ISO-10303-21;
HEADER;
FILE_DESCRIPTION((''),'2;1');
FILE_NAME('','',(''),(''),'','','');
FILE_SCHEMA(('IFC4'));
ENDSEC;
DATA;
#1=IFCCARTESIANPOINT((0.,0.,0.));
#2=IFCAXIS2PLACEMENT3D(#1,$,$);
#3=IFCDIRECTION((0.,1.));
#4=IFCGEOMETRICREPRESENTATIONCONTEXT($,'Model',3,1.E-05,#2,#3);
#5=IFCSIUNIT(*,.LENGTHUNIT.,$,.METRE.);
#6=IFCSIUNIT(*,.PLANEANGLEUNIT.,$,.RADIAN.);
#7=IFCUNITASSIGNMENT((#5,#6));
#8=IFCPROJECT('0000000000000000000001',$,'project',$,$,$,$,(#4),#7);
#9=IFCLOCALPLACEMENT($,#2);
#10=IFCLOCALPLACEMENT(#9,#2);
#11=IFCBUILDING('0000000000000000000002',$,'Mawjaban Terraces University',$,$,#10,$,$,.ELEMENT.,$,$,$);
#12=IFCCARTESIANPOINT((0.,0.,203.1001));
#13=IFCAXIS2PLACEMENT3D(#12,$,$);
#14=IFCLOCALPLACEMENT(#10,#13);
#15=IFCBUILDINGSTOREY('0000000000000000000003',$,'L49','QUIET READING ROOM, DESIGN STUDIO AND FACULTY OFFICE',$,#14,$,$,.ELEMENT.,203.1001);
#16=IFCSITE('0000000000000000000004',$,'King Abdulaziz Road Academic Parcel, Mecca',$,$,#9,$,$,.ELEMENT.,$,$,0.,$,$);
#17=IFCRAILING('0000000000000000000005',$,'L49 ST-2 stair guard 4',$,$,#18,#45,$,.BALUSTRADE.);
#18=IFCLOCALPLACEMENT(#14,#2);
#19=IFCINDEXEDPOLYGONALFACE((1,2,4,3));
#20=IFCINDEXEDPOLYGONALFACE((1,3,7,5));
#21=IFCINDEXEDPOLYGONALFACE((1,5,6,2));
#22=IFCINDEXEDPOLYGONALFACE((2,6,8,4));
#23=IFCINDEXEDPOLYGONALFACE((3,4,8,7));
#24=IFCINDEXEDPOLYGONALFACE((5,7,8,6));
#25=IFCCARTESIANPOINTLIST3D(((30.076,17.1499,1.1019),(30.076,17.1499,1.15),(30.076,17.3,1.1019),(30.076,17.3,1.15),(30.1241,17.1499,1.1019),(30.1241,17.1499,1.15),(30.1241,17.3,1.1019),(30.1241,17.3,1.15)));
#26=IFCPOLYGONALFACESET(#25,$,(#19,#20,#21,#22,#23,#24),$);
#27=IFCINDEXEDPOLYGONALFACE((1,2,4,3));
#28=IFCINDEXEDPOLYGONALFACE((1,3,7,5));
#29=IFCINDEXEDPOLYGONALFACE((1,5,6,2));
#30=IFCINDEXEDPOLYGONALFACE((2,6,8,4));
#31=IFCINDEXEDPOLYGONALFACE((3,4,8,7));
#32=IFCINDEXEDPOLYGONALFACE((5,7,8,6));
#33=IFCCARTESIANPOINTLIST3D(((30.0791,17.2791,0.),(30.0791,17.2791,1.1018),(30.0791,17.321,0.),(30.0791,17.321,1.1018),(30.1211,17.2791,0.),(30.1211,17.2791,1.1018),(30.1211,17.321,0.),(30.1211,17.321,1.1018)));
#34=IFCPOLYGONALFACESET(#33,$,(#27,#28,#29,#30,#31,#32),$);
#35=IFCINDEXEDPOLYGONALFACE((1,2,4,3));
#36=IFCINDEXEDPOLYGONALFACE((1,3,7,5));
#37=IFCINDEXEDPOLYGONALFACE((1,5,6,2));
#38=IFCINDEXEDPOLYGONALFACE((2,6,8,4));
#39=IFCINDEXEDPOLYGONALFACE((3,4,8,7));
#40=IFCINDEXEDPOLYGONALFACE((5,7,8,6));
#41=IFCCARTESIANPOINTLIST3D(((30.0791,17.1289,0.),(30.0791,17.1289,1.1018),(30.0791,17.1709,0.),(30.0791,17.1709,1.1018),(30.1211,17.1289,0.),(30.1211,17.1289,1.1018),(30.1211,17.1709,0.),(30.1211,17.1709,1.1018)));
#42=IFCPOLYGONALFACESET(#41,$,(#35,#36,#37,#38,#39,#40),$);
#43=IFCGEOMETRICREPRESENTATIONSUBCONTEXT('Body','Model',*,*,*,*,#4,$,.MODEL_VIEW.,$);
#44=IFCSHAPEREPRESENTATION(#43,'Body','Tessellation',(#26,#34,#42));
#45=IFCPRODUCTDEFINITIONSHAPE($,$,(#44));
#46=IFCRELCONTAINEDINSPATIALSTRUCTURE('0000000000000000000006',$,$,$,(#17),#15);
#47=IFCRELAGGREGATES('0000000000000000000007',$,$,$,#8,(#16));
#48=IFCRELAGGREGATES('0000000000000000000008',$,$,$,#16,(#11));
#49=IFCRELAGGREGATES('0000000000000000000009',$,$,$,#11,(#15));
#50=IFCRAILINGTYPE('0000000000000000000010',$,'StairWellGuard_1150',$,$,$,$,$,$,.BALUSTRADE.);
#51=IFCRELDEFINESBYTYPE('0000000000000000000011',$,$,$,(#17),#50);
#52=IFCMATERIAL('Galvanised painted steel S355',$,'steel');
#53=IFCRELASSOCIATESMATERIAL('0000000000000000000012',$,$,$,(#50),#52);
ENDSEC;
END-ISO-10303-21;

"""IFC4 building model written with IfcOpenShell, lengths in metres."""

from ifc_helpers import new_model, si_unit, direction, frame, origin, origin_2d, place, context, subcontext, project, spatial, rectangle, extrude, material, type_object, element, save


model = new_model("IFC4")

# Units and contexts
model_context = context("Model", 3, precision=1e-05, world=origin(), true_north=direction((0.0, 1.0)))
body_context = subcontext(model_context, "Body", "Model", "MODEL_VIEW")
ifc_project = project(units=[si_unit("LENGTHUNIT", "METRE"), si_unit("PLANEANGLEUNIT", "RADIAN")], contexts=[model_context])

# Site, building, storey
site_placement = place(None, origin())
site = spatial("IfcSite", under=ifc_project, at=site_placement, Name="King Abdulaziz Road Academic Parcel, Mecca", CompositionType="ELEMENT", RefElevation=0.0)
building_placement = place(site_placement, origin())
building = spatial("IfcBuilding", under=site, at=building_placement, Name="Mawjaban Terraces University", CompositionType="ELEMENT")
storey_placement = place(building_placement, frame((0.0, 0.0, 203.1001)))
storey = spatial("IfcBuildingStorey", under=building, at=storey_placement, Name="L49", Description="QUIET READING ROOM, DESIGN STUDIO AND FACULTY OFFICE", CompositionType="ELEMENT", Elevation=203.1001)

# Railing
ifc_material_1 = material(Name="Galvanised painted steel S355", Category="steel")
railing_type_1 = type_object("IfcRailingType", Name="StairWellGuard_1150", PredefinedType="BALUSTRADE", material=ifc_material_1)
railing_1_placement = place(storey_placement, frame((30.1001, 17.3, 0.0)))
element("IfcRailing", 1, at=railing_1_placement, inside=storey, type_object=railing_type_1, Name="L49 ST-2 stair guard 4", PredefinedType="BALUSTRADE", context=body_context, shape_type="SweptSolid", body=[
    extrude(rectangle(XDim=0.0481, YDim=0.0481, at=origin_2d()), frame((0.0, 0.0, 1.126), z_axis=(0.0, -1.0, 0.0), x_axis=(1.0, 0.0, 0.0)), (0.0, 0.0, 1.0), 0.1501),
    extrude(rectangle(XDim=0.042, YDim=0.042, at=origin_2d()), origin(), (0.0, 0.0, 1.0), 1.1018),
    extrude(rectangle(XDim=0.042, YDim=0.042, at=origin_2d()), frame((0.0, -0.1501, 0.0)), (0.0, 0.0, 1.0), 1.1018),
])

save(model, "model.ifc")
